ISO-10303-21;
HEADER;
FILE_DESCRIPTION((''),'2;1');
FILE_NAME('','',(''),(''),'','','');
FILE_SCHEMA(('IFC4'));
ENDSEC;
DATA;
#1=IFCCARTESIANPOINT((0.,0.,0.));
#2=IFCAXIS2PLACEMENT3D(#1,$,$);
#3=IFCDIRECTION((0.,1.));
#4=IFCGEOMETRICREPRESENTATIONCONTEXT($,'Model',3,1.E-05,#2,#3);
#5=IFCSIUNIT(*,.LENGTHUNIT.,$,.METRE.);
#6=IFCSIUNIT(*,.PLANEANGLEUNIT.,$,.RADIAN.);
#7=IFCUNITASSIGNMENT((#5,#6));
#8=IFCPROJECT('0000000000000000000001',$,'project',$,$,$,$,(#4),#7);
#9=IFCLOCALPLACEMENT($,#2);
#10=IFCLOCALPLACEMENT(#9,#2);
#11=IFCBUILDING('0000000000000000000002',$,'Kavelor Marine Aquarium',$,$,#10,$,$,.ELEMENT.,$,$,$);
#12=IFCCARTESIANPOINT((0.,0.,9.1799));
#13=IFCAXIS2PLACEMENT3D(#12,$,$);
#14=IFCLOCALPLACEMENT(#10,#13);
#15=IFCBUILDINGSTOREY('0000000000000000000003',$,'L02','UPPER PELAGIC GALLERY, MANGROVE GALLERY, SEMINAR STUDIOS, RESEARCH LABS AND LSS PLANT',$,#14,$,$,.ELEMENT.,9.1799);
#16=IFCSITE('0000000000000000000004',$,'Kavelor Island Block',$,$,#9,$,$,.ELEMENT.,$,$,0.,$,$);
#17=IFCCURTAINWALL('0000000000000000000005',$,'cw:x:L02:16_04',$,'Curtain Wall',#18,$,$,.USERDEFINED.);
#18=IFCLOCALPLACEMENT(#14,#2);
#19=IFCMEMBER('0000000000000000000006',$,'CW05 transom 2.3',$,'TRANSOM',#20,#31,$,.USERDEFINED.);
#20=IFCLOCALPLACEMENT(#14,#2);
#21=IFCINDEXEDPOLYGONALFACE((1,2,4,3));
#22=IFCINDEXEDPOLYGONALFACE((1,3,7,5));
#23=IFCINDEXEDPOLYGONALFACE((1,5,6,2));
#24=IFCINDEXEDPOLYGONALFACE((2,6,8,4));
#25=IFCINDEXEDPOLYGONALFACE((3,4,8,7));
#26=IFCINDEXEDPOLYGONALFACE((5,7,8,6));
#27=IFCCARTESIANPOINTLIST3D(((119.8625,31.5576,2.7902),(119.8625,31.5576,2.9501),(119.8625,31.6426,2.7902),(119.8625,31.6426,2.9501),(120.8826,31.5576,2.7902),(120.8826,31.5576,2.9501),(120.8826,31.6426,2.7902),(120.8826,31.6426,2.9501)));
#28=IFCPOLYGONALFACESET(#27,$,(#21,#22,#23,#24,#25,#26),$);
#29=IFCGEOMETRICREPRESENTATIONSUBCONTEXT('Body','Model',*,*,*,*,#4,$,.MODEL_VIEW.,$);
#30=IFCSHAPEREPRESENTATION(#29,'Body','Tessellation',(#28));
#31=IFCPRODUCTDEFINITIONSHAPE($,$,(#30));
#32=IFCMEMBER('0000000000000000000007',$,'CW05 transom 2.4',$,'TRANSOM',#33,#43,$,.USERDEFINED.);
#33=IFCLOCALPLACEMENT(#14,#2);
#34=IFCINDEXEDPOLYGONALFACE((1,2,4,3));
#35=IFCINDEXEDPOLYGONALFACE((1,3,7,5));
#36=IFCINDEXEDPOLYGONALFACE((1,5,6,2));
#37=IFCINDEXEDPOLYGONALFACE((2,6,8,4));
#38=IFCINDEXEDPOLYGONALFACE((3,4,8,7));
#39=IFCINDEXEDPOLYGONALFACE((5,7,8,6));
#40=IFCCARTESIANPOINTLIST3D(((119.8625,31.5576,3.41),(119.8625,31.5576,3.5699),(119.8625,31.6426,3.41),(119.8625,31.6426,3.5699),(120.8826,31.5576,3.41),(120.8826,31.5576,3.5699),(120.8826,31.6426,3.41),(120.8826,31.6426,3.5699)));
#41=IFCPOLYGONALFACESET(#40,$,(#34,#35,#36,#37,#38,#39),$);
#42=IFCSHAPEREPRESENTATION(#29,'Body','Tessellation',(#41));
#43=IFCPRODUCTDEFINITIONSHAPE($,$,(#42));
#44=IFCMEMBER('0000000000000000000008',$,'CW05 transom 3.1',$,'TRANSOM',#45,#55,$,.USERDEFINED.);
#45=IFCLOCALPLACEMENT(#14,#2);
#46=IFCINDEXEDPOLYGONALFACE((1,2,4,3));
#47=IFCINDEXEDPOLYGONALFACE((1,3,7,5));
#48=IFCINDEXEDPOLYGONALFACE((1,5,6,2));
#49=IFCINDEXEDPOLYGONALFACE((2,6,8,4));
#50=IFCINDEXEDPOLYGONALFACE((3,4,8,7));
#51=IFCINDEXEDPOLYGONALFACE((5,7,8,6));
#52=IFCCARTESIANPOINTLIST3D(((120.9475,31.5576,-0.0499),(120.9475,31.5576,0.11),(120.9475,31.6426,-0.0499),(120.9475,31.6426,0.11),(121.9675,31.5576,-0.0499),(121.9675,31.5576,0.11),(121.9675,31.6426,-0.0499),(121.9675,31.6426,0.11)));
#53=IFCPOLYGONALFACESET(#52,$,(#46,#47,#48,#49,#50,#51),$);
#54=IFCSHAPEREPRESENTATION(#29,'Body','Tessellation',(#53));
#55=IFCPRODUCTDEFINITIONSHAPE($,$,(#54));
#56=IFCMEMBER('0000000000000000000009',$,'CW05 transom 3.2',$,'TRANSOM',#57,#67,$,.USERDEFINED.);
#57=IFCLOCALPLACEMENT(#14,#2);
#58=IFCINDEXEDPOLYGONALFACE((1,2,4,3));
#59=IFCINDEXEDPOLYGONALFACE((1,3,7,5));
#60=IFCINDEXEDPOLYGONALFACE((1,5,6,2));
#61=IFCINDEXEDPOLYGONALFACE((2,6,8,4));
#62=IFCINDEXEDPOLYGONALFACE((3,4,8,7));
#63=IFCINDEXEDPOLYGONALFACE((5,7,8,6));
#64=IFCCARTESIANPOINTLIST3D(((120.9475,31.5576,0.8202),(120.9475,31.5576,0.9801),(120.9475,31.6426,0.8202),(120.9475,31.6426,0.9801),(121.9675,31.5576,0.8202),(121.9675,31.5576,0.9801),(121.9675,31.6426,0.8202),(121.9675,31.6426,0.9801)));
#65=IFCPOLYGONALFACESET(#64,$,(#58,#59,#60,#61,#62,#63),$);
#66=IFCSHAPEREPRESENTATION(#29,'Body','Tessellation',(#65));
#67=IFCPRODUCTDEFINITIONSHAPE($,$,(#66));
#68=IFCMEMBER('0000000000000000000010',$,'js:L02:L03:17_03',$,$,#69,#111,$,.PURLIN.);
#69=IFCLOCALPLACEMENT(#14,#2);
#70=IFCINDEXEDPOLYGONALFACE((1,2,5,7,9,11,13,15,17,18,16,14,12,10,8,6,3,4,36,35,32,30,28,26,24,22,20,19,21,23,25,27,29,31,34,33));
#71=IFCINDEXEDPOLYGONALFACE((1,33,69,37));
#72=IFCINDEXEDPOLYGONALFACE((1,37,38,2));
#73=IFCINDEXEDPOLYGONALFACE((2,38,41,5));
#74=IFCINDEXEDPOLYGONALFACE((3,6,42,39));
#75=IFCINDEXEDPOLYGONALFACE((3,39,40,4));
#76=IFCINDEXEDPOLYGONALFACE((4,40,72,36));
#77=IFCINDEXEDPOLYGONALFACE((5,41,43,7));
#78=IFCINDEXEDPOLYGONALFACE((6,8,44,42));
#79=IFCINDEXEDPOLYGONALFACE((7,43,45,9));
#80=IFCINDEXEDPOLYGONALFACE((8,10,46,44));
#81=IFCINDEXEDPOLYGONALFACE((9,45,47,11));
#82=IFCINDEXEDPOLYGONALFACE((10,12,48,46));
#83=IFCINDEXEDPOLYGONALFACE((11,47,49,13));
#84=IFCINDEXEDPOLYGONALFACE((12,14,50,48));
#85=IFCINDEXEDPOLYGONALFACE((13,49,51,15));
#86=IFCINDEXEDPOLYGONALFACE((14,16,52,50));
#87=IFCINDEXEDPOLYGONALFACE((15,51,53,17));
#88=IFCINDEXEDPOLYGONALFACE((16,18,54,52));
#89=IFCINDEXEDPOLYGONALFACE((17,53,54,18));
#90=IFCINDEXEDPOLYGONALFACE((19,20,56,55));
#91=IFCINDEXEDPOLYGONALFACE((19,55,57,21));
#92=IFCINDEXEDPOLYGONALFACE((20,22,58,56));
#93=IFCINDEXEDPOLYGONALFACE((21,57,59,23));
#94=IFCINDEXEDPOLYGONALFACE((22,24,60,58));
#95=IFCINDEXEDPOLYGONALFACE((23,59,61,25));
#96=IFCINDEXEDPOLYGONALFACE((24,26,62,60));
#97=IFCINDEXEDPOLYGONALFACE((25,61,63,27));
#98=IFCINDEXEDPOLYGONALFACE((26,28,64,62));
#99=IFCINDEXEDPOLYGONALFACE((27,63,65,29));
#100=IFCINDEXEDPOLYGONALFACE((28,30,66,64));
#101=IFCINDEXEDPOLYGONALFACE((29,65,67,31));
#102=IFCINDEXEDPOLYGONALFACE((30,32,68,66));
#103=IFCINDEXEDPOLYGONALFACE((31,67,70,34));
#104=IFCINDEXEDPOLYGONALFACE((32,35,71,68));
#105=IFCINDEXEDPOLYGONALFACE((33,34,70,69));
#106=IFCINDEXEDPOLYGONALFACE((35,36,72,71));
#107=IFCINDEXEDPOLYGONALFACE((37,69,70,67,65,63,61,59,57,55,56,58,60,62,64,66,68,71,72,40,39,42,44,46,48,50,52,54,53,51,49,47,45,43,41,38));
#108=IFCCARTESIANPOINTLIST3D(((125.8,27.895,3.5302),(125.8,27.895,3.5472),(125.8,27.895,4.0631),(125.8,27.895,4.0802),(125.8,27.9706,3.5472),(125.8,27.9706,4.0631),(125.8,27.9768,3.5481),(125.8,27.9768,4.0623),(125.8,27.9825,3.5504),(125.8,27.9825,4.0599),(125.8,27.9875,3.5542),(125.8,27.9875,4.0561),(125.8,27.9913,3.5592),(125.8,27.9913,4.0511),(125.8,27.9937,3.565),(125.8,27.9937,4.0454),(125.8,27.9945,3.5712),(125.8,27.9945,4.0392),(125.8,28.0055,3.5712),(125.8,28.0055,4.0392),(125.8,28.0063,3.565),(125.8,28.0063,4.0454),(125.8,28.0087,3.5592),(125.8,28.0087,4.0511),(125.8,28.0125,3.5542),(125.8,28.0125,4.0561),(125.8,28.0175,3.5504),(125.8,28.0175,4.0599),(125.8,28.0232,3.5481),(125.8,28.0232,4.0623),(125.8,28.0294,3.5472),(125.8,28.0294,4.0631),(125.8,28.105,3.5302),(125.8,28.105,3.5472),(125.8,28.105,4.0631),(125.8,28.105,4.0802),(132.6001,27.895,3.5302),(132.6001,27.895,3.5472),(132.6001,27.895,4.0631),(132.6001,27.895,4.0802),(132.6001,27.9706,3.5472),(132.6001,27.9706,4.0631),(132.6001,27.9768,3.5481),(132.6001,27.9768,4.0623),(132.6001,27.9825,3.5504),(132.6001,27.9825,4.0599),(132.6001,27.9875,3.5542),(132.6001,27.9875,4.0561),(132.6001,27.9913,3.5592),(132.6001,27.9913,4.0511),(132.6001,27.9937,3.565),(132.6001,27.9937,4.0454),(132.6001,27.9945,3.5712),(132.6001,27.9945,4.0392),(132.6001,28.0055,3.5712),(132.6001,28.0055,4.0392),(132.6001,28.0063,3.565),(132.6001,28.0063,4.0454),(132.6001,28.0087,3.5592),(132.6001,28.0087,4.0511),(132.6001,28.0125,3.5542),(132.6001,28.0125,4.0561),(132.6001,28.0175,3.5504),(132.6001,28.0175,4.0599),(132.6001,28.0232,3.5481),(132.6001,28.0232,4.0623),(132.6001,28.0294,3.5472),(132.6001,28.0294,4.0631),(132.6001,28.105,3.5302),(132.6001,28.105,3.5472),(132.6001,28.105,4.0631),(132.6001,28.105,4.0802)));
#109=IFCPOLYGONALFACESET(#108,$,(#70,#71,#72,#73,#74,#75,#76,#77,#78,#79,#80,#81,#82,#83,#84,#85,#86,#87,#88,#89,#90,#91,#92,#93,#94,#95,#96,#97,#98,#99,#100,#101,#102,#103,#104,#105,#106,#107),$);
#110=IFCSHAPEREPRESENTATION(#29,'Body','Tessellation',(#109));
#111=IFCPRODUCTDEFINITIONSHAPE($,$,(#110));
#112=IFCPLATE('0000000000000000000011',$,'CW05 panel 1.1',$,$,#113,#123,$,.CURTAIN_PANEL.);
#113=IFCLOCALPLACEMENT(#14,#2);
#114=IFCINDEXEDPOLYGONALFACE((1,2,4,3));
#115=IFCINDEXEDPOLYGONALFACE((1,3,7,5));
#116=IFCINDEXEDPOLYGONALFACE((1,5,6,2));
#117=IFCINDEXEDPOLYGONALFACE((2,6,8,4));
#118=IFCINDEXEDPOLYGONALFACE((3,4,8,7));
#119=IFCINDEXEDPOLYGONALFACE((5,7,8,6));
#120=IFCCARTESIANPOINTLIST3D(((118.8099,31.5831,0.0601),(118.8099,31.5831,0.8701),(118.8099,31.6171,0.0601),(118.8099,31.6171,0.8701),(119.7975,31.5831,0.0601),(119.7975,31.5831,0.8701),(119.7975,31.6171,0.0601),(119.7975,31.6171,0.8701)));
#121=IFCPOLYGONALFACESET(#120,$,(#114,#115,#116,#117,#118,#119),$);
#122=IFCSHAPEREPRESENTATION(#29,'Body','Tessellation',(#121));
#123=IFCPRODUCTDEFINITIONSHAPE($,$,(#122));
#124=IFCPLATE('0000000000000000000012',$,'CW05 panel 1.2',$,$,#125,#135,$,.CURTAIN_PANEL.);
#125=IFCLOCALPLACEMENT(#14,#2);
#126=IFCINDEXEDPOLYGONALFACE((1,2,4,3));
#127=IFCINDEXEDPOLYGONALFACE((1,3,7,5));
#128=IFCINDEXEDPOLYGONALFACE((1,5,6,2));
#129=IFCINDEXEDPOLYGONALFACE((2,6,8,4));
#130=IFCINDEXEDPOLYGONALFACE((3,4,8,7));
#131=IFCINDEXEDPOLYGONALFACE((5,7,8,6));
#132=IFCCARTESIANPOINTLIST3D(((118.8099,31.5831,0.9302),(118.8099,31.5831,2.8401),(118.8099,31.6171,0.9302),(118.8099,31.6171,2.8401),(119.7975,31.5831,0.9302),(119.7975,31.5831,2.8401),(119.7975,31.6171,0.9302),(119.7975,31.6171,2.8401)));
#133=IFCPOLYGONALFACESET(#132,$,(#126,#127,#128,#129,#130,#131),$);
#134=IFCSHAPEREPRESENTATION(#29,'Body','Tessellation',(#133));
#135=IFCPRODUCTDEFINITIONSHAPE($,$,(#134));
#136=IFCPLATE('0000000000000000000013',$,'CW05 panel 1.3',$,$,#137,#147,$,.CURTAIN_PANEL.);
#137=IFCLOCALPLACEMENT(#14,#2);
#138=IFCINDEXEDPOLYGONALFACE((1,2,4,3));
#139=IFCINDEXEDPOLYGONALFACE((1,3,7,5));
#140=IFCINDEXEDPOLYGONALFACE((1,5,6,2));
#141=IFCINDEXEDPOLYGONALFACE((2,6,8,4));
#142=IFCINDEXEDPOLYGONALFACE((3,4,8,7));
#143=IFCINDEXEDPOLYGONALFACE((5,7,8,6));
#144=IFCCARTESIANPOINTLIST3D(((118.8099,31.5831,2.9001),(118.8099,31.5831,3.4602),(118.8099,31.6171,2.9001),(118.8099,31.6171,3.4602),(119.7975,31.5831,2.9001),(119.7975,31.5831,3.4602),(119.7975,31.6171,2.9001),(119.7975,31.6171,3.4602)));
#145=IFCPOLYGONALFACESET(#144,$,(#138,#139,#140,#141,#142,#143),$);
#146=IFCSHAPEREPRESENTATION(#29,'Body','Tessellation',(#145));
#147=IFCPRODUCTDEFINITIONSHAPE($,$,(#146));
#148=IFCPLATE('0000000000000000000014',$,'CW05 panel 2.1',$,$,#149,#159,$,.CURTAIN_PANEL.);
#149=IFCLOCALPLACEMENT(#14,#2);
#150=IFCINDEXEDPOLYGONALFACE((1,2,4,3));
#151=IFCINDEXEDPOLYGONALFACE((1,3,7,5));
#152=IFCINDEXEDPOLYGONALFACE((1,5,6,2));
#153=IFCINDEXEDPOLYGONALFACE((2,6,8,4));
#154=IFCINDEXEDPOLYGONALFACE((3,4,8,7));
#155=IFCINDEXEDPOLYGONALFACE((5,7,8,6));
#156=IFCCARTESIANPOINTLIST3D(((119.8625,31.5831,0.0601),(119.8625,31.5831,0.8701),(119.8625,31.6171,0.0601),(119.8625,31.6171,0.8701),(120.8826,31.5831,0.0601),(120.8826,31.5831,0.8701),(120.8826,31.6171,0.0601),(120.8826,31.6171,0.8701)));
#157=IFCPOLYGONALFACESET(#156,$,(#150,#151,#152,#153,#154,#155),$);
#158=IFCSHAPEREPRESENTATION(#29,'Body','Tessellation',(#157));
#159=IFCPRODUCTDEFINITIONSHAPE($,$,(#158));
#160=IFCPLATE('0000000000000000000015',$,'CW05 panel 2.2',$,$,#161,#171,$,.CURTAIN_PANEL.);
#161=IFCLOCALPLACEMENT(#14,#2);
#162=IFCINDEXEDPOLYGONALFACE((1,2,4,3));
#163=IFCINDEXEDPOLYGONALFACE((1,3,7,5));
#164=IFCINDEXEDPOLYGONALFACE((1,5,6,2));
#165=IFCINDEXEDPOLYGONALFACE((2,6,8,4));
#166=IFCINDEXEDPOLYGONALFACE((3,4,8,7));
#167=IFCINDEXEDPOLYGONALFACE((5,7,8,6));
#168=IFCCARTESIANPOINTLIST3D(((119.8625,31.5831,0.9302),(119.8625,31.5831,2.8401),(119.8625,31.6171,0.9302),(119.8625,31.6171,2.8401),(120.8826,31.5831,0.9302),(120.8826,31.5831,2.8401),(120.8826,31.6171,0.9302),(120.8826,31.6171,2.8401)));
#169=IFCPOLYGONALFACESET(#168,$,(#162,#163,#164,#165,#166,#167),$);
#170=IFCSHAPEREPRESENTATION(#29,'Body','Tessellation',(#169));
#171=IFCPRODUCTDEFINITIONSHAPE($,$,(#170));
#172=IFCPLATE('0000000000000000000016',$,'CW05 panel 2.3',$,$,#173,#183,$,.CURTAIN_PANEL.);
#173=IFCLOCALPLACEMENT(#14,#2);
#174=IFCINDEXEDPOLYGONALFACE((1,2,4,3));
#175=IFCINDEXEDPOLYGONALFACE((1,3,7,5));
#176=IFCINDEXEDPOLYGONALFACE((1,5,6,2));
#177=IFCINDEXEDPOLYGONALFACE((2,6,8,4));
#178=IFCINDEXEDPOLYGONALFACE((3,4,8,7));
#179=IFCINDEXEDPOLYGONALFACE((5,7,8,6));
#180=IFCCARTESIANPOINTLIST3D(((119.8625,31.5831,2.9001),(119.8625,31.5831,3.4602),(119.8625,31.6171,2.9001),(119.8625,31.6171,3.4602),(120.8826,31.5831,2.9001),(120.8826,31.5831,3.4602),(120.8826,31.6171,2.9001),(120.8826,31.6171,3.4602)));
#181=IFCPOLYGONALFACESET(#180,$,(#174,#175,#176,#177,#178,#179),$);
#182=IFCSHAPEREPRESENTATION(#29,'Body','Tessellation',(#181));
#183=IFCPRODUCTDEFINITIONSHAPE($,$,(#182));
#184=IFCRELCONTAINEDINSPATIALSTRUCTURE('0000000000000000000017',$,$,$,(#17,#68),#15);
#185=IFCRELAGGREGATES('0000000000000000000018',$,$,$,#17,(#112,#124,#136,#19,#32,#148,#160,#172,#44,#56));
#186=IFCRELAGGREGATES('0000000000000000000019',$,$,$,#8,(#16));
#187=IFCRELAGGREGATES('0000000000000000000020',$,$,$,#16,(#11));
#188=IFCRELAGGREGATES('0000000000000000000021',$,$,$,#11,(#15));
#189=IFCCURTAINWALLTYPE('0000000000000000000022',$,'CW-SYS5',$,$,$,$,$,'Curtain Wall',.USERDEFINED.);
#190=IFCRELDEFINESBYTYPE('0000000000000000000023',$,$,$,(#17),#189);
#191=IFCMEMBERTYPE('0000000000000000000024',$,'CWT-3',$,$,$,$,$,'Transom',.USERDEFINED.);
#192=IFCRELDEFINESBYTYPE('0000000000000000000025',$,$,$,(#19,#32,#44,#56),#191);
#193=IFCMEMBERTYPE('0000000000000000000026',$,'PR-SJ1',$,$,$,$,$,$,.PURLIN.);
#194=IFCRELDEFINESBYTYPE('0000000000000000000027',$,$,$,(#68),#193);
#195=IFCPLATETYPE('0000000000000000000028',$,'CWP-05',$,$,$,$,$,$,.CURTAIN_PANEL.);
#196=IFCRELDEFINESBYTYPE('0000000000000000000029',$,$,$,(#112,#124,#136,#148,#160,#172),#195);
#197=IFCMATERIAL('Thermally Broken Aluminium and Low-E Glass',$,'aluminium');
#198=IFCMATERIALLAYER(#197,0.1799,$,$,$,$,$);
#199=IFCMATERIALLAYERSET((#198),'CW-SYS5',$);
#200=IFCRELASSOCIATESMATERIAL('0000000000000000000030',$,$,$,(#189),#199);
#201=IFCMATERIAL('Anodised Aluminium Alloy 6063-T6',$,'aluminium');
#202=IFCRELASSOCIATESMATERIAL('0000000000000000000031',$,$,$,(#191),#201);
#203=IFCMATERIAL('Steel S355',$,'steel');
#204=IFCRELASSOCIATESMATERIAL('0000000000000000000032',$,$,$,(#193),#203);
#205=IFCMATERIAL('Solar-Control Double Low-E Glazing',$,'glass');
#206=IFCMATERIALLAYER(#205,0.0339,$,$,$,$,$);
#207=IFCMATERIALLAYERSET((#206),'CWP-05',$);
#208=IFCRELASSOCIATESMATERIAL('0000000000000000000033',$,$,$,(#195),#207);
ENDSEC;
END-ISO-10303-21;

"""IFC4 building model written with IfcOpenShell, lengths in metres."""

from ifc_helpers import new_model, si_unit, direction, frame, origin, origin_2d, place, context, subcontext, project, spatial, rectangle, i_section, extrude, material, layer, layer_set, material_profile, profile_set, type_object, element, aggregate, save


model = new_model("IFC4")

# Units and contexts
model_context = context("Model", 3, precision=1e-05, world=origin(), true_north=direction((0.0, 1.0)))
body_context = subcontext(model_context, "Body", "Model", "MODEL_VIEW")
ifc_project = project(units=[si_unit("LENGTHUNIT", "METRE"), si_unit("PLANEANGLEUNIT", "RADIAN")], contexts=[model_context])

# Site, building, storey
site_placement = place(None, origin())
site = spatial("IfcSite", under=ifc_project, at=site_placement, Name="Kavelor Island Block", CompositionType="ELEMENT", RefElevation=0.0)
building_placement = place(site_placement, origin())
building = spatial("IfcBuilding", under=site, at=building_placement, Name="Kavelor Marine Aquarium", CompositionType="ELEMENT")
storey_placement = place(building_placement, frame((0.0, 0.0, 9.1799)))
storey = spatial("IfcBuildingStorey", under=building, at=storey_placement, Name="L02", Description="UPPER PELAGIC GALLERY, MANGROVE GALLERY, SEMINAR STUDIOS, RESEARCH LABS AND LSS PLANT", CompositionType="ELEMENT", Elevation=9.1799)

# Curtain wall, members
ifc_material_1 = material(Name="Thermally Broken Aluminium and Low-E Glass", Category="aluminium")
ifc_layer_1 = layer(ifc_material_1, 0.1799)
ifc_layer_set_1 = layer_set([ifc_layer_1], Name="CW-SYS5")
curtain_wall_type = type_object("IfcCurtainWallType", Name="CW-SYS5", ElementType="Curtain Wall", PredefinedType="USERDEFINED", material=ifc_layer_set_1)
curtain_wall_placement = place(storey_placement, origin())
curtain_wall = element("IfcCurtainWall", 1, at=curtain_wall_placement, inside=storey, type_object=curtain_wall_type, Name="cw:x:L02:16_04", ObjectType="Curtain Wall", PredefinedType="USERDEFINED")
ifc_material_2 = material(Name="Anodised Aluminium Alloy 6063-T6", Category="aluminium")
ifc_material_profile_1 = material_profile(ifc_material_2, rectangle(XDim=0.085, YDim=0.1599, at=origin_2d()), Name="CW-TRN 85x160")
ifc_profile_set_1 = profile_set([ifc_material_profile_1], Name="Anodised Aluminium Alloy 6063-T6")
member_type_1 = type_object("IfcMemberType", Name="CWT-3", ElementType="Transom", PredefinedType="USERDEFINED", material=ifc_profile_set_1)
member_1_placement = place(storey_placement, frame((119.8625, 31.6001, 2.8701), z_axis=(1.0, 0.0, 0.0), x_axis=(0.0, 1.0, 0.0)))
member_1 = element("IfcMember", 2, at=member_1_placement, type_object=member_type_1, Name="CW05 transom 2.3", ObjectType="TRANSOM", PredefinedType="USERDEFINED", context=body_context, shape_type="SweptSolid", body=[
    extrude(rectangle(XDim=0.085, YDim=0.1599, at=origin_2d()), origin(), (0.0, 0.0, 1.0), 1.02),
])
member_2_placement = place(storey_placement, frame((119.8625, 31.6001, 3.49), z_axis=(1.0, 0.0, 0.0), x_axis=(0.0, 1.0, 0.0)))
member_2 = element("IfcMember", 3, at=member_2_placement, type_object=member_type_1, Name="CW05 transom 2.4", ObjectType="TRANSOM", PredefinedType="USERDEFINED", context=body_context, shape_type="SweptSolid", body=[
    extrude(rectangle(XDim=0.085, YDim=0.1599, at=origin_2d()), origin(), (0.0, 0.0, 1.0), 1.02),
])
member_3_placement = place(storey_placement, frame((120.9475, 31.6001, 0.03), z_axis=(1.0, 0.0, 0.0), x_axis=(0.0, 1.0, 0.0)))
member_3 = element("IfcMember", 4, at=member_3_placement, type_object=member_type_1, Name="CW05 transom 3.1", ObjectType="TRANSOM", PredefinedType="USERDEFINED", context=body_context, shape_type="SweptSolid", body=[
    extrude(rectangle(XDim=0.085, YDim=0.1599, at=origin_2d()), origin(), (0.0, 0.0, 1.0), 1.02),
])
member_4_placement = place(storey_placement, frame((120.9475, 31.6001, 0.9001), z_axis=(1.0, 0.0, 0.0), x_axis=(0.0, 1.0, 0.0)))
member_4 = element("IfcMember", 5, at=member_4_placement, type_object=member_type_1, Name="CW05 transom 3.2", ObjectType="TRANSOM", PredefinedType="USERDEFINED", context=body_context, shape_type="SweptSolid", body=[
    extrude(rectangle(XDim=0.085, YDim=0.1599, at=origin_2d()), origin(), (0.0, 0.0, 1.0), 1.02),
])

# Member
ifc_material_3 = material(Name="Steel S355", Category="steel")
ifc_material_profile_2 = material_profile(ifc_material_3, i_section(OverallWidth=0.21, OverallDepth=0.55, WebThickness=0.011, FlangeThickness=0.0171, FilletRadius=0.0239, at=origin_2d()), Name="IPE 550")
ifc_profile_set_2 = profile_set([ifc_material_profile_2], Name="Steel S355")
member_type_2 = type_object("IfcMemberType", Name="PR-SJ1", PredefinedType="PURLIN", material=ifc_profile_set_2)
member_5_placement = place(storey_placement, frame((125.8, 28.0, 3.8052), z_axis=(1.0, 0.0, 0.0), x_axis=(0.0, 1.0, 0.0)))
element("IfcMember", 6, at=member_5_placement, inside=storey, type_object=member_type_2, Name="js:L02:L03:17_03", PredefinedType="PURLIN", context=body_context, shape_type="SweptSolid", body=[
    extrude(i_section(OverallWidth=0.21, OverallDepth=0.55, WebThickness=0.011, FlangeThickness=0.0171, FilletRadius=0.0239, at=origin_2d()), origin(), (0.0, 0.0, 1.0), 6.8),
])

# Plates
ifc_material_4 = material(Name="Solar-Control Double Low-E Glazing", Category="glass")
ifc_layer_2 = layer(ifc_material_4, 0.0339)
ifc_layer_set_2 = layer_set([ifc_layer_2], Name="CWP-05")
plate_type = type_object("IfcPlateType", Name="CWP-05", PredefinedType="CURTAIN_PANEL", material=ifc_layer_set_2)
plate_1_placement = place(storey_placement, frame((119.3037, 31.6001, 0.0601), z_axis=(0.0, 0.0, 1.0), x_axis=(1.0, 0.0, 0.0)))
plate_1 = element("IfcPlate", 7, at=plate_1_placement, type_object=plate_type, Name="CW05 panel 1.1", PredefinedType="CURTAIN_PANEL", context=body_context, shape_type="SweptSolid", body=[
    extrude(rectangle(XDim=0.9875, YDim=0.0339, at=origin_2d()), origin(), (0.0, 0.0, 1.0), 0.8101),
])
plate_2_placement = place(storey_placement, frame((119.3037, 31.6001, 0.9302), z_axis=(0.0, 0.0, 1.0), x_axis=(1.0, 0.0, 0.0)))
plate_2 = element("IfcPlate", 8, at=plate_2_placement, type_object=plate_type, Name="CW05 panel 1.2", PredefinedType="CURTAIN_PANEL", context=body_context, shape_type="SweptSolid", body=[
    extrude(rectangle(XDim=0.9875, YDim=0.0339, at=origin_2d()), origin(), (0.0, 0.0, 1.0), 1.9099),
])
plate_3_placement = place(storey_placement, frame((119.3037, 31.6001, 2.9001), z_axis=(0.0, 0.0, 1.0), x_axis=(1.0, 0.0, 0.0)))
plate_3 = element("IfcPlate", 9, at=plate_3_placement, type_object=plate_type, Name="CW05 panel 1.3", PredefinedType="CURTAIN_PANEL", context=body_context, shape_type="SweptSolid", body=[
    extrude(rectangle(XDim=0.9875, YDim=0.0339, at=origin_2d()), origin(), (0.0, 0.0, 1.0), 0.5601),
])
plate_4_placement = place(storey_placement, frame((120.3726, 31.6001, 0.0601), z_axis=(0.0, 0.0, 1.0), x_axis=(1.0, 0.0, 0.0)))
plate_4 = element("IfcPlate", 10, at=plate_4_placement, type_object=plate_type, Name="CW05 panel 2.1", PredefinedType="CURTAIN_PANEL", context=body_context, shape_type="SweptSolid", body=[
    extrude(rectangle(XDim=1.02, YDim=0.0339, at=origin_2d()), origin(), (0.0, 0.0, 1.0), 0.8101),
])
plate_5_placement = place(storey_placement, frame((120.3726, 31.6001, 0.9302), z_axis=(0.0, 0.0, 1.0), x_axis=(1.0, 0.0, 0.0)))
plate_5 = element("IfcPlate", 11, at=plate_5_placement, type_object=plate_type, Name="CW05 panel 2.2", PredefinedType="CURTAIN_PANEL", context=body_context, shape_type="SweptSolid", body=[
    extrude(rectangle(XDim=1.02, YDim=0.0339, at=origin_2d()), origin(), (0.0, 0.0, 1.0), 1.9099),
])
plate_6_placement = place(storey_placement, frame((120.3726, 31.6001, 2.9001), z_axis=(0.0, 0.0, 1.0), x_axis=(1.0, 0.0, 0.0)))
plate_6 = element("IfcPlate", 12, at=plate_6_placement, type_object=plate_type, Name="CW05 panel 2.3", PredefinedType="CURTAIN_PANEL", context=body_context, shape_type="SweptSolid", body=[
    extrude(rectangle(XDim=1.02, YDim=0.0339, at=origin_2d()), origin(), (0.0, 0.0, 1.0), 0.5601),
])
aggregate(curtain_wall, [plate_1, plate_2, plate_3, member_1, member_2, plate_4, plate_5, plate_6, member_3, member_4])

save(model, "model.ifc")
